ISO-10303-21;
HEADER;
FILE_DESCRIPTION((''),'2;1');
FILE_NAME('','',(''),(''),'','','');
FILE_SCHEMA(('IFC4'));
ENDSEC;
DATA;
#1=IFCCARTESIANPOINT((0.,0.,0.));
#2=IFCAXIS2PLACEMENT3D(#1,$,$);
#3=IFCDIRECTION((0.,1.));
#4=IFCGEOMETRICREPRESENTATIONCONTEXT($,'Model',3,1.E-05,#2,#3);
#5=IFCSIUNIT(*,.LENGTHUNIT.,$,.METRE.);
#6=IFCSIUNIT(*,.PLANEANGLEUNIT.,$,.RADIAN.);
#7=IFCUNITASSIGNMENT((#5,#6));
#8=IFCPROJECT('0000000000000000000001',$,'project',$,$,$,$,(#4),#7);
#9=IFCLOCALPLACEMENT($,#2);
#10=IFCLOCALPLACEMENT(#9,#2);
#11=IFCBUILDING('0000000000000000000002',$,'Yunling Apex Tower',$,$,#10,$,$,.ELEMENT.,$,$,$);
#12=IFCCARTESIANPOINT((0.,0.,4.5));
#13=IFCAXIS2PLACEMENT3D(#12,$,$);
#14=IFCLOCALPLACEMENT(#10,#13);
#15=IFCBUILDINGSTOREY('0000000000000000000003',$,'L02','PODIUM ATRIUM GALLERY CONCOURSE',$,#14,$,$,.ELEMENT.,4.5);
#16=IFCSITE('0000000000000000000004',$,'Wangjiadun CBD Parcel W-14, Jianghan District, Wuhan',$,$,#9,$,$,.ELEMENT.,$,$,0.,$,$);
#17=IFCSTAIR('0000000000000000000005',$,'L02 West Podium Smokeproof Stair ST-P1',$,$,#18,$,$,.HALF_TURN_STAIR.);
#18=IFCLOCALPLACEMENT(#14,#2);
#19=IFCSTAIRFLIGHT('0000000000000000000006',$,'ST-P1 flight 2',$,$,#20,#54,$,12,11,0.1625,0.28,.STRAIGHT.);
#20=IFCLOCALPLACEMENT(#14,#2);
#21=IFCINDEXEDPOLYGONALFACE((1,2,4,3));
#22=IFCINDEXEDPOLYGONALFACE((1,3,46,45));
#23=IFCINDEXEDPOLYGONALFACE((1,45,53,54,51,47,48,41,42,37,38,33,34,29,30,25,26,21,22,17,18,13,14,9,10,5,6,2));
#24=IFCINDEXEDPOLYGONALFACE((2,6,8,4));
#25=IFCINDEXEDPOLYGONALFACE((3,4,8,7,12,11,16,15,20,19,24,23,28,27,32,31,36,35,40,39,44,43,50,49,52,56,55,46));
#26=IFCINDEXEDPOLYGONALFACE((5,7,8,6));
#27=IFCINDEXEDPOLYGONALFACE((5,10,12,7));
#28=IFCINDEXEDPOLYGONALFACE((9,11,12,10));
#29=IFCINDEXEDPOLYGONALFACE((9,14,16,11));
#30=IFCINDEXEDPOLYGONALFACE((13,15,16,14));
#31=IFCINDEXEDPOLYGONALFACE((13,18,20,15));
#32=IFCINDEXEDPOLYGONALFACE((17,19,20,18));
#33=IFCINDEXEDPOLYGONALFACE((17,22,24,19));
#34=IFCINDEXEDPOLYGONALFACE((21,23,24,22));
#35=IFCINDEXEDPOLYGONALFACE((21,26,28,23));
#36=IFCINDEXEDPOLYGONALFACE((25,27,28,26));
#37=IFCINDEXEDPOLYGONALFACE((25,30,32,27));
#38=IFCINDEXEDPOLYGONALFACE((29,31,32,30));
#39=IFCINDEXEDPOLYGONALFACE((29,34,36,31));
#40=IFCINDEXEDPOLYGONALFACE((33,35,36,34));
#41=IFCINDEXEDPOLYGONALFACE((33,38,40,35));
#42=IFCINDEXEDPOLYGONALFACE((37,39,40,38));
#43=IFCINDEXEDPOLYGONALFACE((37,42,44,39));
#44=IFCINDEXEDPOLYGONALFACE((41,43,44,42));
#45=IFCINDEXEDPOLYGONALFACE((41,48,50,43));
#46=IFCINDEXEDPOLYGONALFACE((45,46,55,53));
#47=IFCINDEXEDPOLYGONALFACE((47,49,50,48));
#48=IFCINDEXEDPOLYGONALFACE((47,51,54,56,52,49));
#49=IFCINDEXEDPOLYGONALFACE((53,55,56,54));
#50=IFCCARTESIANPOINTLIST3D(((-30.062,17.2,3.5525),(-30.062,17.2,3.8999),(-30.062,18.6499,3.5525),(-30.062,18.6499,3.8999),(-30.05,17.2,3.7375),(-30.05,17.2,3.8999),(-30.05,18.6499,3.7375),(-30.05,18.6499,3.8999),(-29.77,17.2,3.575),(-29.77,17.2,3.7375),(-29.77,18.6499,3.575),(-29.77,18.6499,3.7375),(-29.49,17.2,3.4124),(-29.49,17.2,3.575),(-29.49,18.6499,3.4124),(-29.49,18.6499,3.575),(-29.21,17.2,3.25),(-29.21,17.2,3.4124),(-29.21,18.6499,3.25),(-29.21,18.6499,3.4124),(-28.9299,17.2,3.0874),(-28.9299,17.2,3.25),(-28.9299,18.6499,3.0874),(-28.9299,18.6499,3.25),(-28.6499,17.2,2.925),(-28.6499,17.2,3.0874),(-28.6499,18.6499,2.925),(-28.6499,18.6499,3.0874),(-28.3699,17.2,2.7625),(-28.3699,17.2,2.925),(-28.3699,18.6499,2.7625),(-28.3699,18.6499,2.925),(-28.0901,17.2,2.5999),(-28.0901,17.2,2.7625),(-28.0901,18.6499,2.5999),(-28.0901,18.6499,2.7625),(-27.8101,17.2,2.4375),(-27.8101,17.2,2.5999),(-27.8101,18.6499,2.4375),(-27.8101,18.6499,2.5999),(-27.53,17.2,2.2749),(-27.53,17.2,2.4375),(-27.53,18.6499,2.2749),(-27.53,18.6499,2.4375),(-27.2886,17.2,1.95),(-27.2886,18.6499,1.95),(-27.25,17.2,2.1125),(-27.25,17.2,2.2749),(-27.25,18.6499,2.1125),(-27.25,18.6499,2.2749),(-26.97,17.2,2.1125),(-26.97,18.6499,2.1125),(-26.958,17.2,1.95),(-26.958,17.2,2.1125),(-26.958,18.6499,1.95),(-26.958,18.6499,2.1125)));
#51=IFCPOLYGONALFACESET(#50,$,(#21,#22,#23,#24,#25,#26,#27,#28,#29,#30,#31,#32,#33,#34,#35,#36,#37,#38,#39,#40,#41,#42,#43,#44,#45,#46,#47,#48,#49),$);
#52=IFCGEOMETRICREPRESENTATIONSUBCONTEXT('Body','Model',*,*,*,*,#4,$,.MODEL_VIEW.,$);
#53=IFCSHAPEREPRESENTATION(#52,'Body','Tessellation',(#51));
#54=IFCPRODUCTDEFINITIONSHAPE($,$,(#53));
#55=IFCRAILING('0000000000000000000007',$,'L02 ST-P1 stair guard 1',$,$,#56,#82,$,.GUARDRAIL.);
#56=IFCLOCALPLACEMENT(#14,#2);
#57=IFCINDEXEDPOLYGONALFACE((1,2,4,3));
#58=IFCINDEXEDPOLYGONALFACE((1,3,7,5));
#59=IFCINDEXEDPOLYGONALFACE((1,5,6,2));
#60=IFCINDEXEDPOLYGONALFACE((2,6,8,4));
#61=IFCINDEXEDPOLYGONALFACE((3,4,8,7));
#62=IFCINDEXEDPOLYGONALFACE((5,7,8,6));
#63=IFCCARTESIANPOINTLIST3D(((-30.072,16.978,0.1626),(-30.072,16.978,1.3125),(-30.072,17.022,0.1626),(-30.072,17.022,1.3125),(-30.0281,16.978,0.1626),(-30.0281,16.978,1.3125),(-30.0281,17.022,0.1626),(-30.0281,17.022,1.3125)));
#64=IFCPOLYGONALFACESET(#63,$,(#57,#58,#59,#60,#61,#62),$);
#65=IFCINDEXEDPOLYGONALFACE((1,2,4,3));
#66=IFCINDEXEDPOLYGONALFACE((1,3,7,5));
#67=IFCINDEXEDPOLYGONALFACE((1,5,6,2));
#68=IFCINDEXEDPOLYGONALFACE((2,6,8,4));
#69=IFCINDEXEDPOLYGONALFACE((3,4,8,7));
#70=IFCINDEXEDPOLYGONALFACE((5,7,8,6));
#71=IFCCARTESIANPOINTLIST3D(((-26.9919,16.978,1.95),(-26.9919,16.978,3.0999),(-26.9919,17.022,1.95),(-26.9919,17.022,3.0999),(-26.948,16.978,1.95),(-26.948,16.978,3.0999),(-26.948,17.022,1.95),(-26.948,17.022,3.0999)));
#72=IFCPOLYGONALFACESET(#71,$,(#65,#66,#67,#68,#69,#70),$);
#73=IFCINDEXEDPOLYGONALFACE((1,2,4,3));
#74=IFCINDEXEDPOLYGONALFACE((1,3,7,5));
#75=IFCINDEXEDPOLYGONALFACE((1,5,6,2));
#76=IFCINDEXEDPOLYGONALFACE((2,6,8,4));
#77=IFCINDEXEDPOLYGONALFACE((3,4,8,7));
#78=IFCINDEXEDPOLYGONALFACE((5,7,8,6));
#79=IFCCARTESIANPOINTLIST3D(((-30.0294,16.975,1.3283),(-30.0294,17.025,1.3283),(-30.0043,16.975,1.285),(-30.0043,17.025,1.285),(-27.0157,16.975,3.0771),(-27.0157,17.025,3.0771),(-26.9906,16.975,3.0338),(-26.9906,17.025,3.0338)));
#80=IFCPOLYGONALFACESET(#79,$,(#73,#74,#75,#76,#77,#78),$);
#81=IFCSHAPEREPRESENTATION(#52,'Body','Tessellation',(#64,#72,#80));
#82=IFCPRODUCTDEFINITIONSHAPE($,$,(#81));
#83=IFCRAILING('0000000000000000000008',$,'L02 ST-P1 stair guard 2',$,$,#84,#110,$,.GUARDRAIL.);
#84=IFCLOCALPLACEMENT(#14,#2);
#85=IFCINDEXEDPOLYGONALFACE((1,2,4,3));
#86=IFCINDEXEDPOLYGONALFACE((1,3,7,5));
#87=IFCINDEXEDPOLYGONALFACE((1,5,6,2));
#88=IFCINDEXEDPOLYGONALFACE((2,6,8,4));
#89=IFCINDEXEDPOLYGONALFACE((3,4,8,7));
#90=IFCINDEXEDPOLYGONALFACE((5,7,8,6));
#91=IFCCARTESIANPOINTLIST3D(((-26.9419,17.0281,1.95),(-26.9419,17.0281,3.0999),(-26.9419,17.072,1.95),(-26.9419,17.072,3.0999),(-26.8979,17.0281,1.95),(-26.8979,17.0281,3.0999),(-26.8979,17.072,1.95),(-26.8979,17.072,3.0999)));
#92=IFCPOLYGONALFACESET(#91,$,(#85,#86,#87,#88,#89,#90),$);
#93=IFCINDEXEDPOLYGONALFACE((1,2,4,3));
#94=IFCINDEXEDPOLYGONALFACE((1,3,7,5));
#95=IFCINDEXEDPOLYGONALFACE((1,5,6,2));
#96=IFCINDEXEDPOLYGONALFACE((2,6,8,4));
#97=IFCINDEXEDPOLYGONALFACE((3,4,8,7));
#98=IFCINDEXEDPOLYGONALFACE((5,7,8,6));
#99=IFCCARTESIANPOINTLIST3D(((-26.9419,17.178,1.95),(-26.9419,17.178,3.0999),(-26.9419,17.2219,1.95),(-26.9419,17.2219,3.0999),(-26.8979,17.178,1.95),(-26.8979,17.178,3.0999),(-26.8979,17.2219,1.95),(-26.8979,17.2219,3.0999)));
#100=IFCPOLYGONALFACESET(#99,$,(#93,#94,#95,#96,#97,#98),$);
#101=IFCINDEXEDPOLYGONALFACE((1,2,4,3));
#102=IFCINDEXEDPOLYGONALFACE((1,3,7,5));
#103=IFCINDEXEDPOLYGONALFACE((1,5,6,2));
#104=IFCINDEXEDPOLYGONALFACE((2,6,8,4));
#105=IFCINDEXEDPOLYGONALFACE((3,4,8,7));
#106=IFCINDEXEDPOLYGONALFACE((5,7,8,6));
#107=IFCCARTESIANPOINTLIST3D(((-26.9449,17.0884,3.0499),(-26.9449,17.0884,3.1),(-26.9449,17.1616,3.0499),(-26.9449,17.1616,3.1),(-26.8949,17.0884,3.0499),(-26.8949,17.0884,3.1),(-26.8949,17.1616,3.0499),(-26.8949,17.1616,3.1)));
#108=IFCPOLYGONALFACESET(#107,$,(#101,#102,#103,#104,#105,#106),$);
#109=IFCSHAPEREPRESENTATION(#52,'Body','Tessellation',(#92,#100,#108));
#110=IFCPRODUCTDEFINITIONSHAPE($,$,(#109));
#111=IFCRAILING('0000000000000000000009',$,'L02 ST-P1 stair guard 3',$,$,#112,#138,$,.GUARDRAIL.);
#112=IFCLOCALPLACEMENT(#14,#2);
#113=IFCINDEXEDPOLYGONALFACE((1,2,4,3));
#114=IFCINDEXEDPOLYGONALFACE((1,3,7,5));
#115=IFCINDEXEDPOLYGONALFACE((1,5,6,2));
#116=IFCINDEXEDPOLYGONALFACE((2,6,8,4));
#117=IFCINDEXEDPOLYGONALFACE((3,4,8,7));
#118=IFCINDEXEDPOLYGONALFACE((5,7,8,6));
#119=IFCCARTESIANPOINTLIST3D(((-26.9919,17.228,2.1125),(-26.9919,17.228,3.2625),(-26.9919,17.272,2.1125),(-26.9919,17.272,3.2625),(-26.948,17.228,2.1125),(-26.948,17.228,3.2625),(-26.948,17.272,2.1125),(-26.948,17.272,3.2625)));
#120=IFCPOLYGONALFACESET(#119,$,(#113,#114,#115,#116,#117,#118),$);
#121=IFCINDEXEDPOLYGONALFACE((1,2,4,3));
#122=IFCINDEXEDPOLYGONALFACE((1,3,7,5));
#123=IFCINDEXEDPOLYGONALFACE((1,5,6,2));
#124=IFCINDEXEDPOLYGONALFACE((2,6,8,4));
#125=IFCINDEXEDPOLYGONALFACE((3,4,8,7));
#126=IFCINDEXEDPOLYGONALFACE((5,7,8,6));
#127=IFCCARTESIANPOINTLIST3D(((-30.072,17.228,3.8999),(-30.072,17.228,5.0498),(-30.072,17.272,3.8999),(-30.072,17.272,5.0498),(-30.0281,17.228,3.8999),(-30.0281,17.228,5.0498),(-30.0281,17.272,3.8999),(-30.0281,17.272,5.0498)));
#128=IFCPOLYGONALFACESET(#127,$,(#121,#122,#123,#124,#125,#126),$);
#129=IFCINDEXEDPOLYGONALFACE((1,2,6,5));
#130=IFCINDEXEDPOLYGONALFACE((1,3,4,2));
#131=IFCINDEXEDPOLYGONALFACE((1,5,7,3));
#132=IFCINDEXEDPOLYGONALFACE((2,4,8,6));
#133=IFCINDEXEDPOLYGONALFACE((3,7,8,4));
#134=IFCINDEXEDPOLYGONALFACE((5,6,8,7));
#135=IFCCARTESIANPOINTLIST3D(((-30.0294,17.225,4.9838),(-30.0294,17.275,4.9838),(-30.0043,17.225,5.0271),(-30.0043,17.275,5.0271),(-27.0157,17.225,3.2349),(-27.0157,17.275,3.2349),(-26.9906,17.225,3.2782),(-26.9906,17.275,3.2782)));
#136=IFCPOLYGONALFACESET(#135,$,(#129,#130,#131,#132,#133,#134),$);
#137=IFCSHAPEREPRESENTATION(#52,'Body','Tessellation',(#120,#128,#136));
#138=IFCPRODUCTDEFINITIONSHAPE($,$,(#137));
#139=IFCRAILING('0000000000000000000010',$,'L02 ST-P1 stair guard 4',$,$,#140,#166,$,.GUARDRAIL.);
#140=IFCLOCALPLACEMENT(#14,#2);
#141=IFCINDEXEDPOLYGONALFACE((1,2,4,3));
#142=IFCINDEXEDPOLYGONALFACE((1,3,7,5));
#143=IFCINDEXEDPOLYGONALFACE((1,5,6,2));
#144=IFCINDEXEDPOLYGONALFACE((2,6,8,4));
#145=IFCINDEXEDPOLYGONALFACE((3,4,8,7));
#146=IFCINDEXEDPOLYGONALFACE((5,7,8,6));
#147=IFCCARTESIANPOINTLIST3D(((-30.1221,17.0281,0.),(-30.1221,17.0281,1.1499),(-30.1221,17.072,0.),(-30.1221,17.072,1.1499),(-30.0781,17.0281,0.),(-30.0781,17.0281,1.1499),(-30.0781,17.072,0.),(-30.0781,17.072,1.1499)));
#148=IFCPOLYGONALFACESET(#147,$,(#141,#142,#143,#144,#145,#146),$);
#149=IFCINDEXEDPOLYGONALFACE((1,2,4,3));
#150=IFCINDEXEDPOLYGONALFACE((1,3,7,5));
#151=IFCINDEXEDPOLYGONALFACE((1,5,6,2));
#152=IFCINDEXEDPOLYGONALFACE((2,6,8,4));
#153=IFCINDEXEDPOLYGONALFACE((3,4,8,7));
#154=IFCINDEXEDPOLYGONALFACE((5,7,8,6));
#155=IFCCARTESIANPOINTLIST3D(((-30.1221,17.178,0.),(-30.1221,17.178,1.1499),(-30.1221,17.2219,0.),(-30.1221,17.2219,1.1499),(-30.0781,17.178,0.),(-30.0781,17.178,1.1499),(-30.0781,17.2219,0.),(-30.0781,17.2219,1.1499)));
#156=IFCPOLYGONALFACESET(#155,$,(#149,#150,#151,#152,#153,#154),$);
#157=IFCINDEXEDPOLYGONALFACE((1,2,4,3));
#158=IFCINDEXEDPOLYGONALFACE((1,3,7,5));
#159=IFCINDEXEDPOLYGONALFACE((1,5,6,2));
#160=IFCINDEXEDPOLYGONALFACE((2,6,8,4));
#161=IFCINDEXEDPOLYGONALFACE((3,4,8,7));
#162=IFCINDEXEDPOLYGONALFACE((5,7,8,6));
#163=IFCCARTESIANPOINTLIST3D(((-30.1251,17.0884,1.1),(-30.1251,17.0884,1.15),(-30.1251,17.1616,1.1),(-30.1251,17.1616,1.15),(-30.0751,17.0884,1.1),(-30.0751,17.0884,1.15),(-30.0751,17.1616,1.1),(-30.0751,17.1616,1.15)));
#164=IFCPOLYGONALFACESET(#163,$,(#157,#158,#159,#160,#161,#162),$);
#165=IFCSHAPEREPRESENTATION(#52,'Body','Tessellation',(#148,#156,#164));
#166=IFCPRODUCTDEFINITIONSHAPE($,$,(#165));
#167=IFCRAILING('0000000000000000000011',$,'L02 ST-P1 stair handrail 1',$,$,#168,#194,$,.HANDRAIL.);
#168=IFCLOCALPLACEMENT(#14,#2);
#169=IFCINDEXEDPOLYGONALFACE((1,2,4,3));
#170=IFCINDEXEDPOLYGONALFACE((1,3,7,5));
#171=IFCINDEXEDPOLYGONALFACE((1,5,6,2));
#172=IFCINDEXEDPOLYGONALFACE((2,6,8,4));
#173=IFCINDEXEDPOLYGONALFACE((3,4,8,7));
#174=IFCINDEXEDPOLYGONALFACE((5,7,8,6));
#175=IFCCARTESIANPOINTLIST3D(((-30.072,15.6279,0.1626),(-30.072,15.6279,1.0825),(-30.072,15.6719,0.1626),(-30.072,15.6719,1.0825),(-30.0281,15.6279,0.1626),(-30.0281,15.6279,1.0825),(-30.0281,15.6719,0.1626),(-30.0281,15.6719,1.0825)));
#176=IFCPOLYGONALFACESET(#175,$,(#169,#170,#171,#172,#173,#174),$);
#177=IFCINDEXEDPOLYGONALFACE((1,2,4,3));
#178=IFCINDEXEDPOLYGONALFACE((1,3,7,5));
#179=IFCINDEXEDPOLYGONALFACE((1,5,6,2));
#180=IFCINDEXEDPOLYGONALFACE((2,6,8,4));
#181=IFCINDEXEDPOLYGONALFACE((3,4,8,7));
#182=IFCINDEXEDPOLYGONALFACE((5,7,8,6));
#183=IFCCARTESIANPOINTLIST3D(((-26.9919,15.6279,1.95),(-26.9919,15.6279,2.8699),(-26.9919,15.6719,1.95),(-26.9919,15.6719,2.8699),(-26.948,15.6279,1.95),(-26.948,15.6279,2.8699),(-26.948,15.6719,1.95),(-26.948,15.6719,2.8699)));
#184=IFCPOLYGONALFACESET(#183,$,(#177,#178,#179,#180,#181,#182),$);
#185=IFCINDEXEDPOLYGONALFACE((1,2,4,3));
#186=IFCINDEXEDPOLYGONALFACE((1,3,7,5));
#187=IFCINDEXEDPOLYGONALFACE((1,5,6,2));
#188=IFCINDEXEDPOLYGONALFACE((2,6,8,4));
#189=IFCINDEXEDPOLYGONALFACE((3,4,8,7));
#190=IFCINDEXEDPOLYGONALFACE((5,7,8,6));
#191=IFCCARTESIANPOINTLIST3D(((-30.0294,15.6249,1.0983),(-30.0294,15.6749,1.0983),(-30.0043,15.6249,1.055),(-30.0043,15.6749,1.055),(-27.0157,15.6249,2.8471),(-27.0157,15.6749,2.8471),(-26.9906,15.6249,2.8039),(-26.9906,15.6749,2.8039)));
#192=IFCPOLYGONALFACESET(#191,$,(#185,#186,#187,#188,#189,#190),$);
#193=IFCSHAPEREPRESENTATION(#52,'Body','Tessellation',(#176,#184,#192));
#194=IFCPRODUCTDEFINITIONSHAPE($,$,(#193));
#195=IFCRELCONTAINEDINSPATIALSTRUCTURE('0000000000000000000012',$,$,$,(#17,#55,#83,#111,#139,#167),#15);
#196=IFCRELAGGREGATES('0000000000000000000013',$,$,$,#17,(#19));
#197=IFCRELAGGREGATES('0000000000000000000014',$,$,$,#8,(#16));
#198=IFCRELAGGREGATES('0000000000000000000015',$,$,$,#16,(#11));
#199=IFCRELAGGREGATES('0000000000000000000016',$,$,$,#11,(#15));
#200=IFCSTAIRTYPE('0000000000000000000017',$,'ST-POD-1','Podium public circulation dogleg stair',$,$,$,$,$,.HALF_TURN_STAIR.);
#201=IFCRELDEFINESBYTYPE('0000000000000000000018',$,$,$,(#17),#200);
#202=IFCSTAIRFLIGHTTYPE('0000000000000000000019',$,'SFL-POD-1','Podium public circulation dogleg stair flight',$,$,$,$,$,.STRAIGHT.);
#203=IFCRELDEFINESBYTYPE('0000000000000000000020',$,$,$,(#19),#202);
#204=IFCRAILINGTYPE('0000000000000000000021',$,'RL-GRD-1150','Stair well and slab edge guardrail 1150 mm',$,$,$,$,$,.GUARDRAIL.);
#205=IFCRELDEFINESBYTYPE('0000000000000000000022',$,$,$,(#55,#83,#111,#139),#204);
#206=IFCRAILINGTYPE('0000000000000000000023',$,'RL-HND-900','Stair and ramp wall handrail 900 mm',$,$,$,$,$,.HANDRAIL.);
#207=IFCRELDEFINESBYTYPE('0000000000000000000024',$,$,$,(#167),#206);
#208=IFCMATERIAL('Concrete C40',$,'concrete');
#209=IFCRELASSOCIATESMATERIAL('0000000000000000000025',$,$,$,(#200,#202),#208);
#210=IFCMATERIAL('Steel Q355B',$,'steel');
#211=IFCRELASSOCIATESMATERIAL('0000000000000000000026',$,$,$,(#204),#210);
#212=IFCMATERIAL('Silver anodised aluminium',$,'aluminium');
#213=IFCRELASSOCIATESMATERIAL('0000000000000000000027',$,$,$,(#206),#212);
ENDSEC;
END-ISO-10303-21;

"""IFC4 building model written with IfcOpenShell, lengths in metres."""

from ifc_helpers import new_model, si_unit, direction, frame, origin, origin_2d, place, context, subcontext, project, spatial, polyline, rectangle, outline, extrude, material, type_object, element, aggregate, save


model = new_model("IFC4")

# Units and contexts
model_context = context("Model", 3, precision=1e-05, world=origin(), true_north=direction((0.0, 1.0)))
body_context = subcontext(model_context, "Body", "Model", "MODEL_VIEW")
ifc_project = project(units=[si_unit("LENGTHUNIT", "METRE"), si_unit("PLANEANGLEUNIT", "RADIAN")], contexts=[model_context])

# Site, building, storey
site_placement = place(None, origin())
site = spatial("IfcSite", under=ifc_project, at=site_placement, Name="Wangjiadun CBD Parcel W-14, Jianghan District, Wuhan", CompositionType="ELEMENT", RefElevation=0.0)
building_placement = place(site_placement, origin())
building = spatial("IfcBuilding", under=site, at=building_placement, Name="Yunling Apex Tower", CompositionType="ELEMENT")
storey_placement = place(building_placement, frame((0.0, 0.0, 4.5)))
storey = spatial("IfcBuildingStorey", under=building, at=storey_placement, Name="L02", Description="PODIUM ATRIUM GALLERY CONCOURSE", CompositionType="ELEMENT", Elevation=4.5)

# Shared definitions
ifc_material_1 = material(Name="Steel Q355B", Category="steel")

# Shared definitions
ifc_material_2 = material(Name="Concrete C40", Category="concrete")

# Stair, stair flight
stair_type = type_object("IfcStairType", Name="ST-POD-1", Description="Podium public circulation dogleg stair", PredefinedType="HALF_TURN_STAIR", material=ifc_material_2)
stair_placement = place(storey_placement, origin())
stair = element("IfcStair", 1, at=stair_placement, inside=storey, type_object=stair_type, Name="L02 West Podium Smokeproof Stair ST-P1", PredefinedType="HALF_TURN_STAIR")
stair_flight_type = type_object("IfcStairFlightType", Name="SFL-POD-1", Description="Podium public circulation dogleg stair flight", PredefinedType="STRAIGHT", material=ifc_material_2)
stair_flight_1_placement = place(storey_placement, frame((-26.97, 17.925, 1.95), z_axis=(0.0, 0.0, 1.0), x_axis=(-1.0, 0.0, 0.0)))
stair_flight_1 = element("IfcStairFlight", 2, at=stair_flight_1_placement, type_object=stair_flight_type, Name="ST-P1 flight 2", NumberOfRisers=12, NumberOfTreads=11, PredefinedType="STRAIGHT", RiserHeight=0.1625, TreadLength=0.28, context=body_context, shape_type="SweptSolid", body=[
    extrude(outline(polyline([(-0.012, 0.0), (-0.012, 0.1626), (0.0, 0.1626), (0.28, 0.1626), (0.28, 0.325), (0.5601, 0.325), (0.5601, 0.4875), (0.8401, 0.4875), (0.8401, 0.6499), (1.1201, 0.6499), (1.1201, 0.8125), (1.3999, 0.8125), (1.3999, 0.9751), (1.6799, 0.9751), (1.6799, 1.1375), (1.96, 1.1375), (1.96, 1.3), (2.24, 1.3), (2.24, 1.4624), (2.52, 1.4624), (2.52, 1.625), (2.8, 1.625), (2.8, 1.7876), (3.0801, 1.7876), (3.0801, 1.95), (3.092, 1.95), (3.092, 1.6025), (0.3186, 0.0), (-0.012, 0.0)])), frame((0.0, 0.7251, 0.0), z_axis=(0.0, -1.0, 0.0), x_axis=(1.0, 0.0, 0.0)), (0.0, 0.0, 1.0), 1.45),
])
aggregate(stair, [stair_flight_1])

# Railings
railing_type_1 = type_object("IfcRailingType", Name="RL-GRD-1150", Description="Stair well and slab edge guardrail 1150 mm", PredefinedType="GUARDRAIL", material=ifc_material_1)
railing_1_placement = place(storey_placement, frame((-30.05, 17.0, 0.1626)))
element("IfcRailing", 3, at=railing_1_placement, inside=storey, type_object=railing_type_1, Name="L02 ST-P1 stair guard 1", PredefinedType="GUARDRAIL", context=body_context, shape_type="SweptSolid", body=[
    extrude(rectangle(XDim=0.0439, YDim=0.0439, at=origin_2d()), origin(), (0.0, 0.0, 1.0), 1.1499),
    extrude(rectangle(XDim=0.0439, YDim=0.0439, at=origin_2d()), frame((3.0801, 0.0, 1.7874)), (0.0, 0.0, 1.0), 1.1499),
    extrude(rectangle(XDim=0.05, YDim=0.05, at=origin_2d()), frame((0.0332, 0.0, 1.144), z_axis=(0.86492, 0.0, 0.501909), x_axis=(0.0, 1.0, 0.0)), (0.0, 0.0, 1.0), 3.4844),
])
railing_2_placement = place(storey_placement, frame((-26.9199, 17.05, 1.95)))
element("IfcRailing", 4, at=railing_2_placement, inside=storey, type_object=railing_type_1, Name="L02 ST-P1 stair guard 2", PredefinedType="GUARDRAIL", context=body_context, shape_type="SweptSolid", body=[
    extrude(rectangle(XDim=0.0439, YDim=0.0439, at=origin_2d()), origin(), (0.0, 0.0, 1.0), 1.1499),
    extrude(rectangle(XDim=0.0439, YDim=0.0439, at=origin_2d()), frame((0.0, 0.1499, 0.0)), (0.0, 0.0, 1.0), 1.1499),
    extrude(rectangle(XDim=0.05, YDim=0.05, at=origin_2d()), frame((0.0, 0.0383, 1.125), z_axis=(0.0, 1.0, 0.0), x_axis=(-1.0, 0.0, 0.0)), (0.0, 0.0, 1.0), 0.0732),
])
railing_3_placement = place(storey_placement, frame((-26.97, 17.25, 2.1125)))
element("IfcRailing", 5, at=railing_3_placement, inside=storey, type_object=railing_type_1, Name="L02 ST-P1 stair guard 3", PredefinedType="GUARDRAIL", context=body_context, shape_type="SweptSolid", body=[
    extrude(rectangle(XDim=0.0439, YDim=0.0439, at=origin_2d()), origin(), (0.0, 0.0, 1.0), 1.1499),
    extrude(rectangle(XDim=0.0439, YDim=0.0439, at=origin_2d()), frame((-3.0801, 0.0, 1.7874)), (0.0, 0.0, 1.0), 1.1499),
    extrude(rectangle(XDim=0.05, YDim=0.05, at=origin_2d()), frame((-0.0332, 0.0, 1.144), z_axis=(-0.86492, 0.0, 0.501909), x_axis=(0.0, -1.0, 0.0)), (0.0, 0.0, 1.0), 3.4844),
])
railing_4_placement = place(storey_placement, frame((-30.1001, 17.05, 0.0)))
element("IfcRailing", 6, at=railing_4_placement, inside=storey, type_object=railing_type_1, Name="L02 ST-P1 stair guard 4", PredefinedType="GUARDRAIL", context=body_context, shape_type="SweptSolid", body=[
    extrude(rectangle(XDim=0.0439, YDim=0.0439, at=origin_2d()), origin(), (0.0, 0.0, 1.0), 1.1499),
    extrude(rectangle(XDim=0.0439, YDim=0.0439, at=origin_2d()), frame((0.0, 0.1499, 0.0)), (0.0, 0.0, 1.0), 1.1499),
    extrude(rectangle(XDim=0.05, YDim=0.05, at=origin_2d()), frame((0.0, 0.0383, 1.125), z_axis=(0.0, 1.0, 0.0), x_axis=(-1.0, 0.0, 0.0)), (0.0, 0.0, 1.0), 0.0732),
])
ifc_material_3 = material(Name="Silver anodised aluminium", Category="aluminium")
railing_type_2 = type_object("IfcRailingType", Name="RL-HND-900", Description="Stair and ramp wall handrail 900 mm", PredefinedType="HANDRAIL", material=ifc_material_3)
railing_5_placement = place(storey_placement, frame((-30.05, 15.6499, 0.1626)))
element("IfcRailing", 7, at=railing_5_placement, inside=storey, type_object=railing_type_2, Name="L02 ST-P1 stair handrail 1", PredefinedType="HANDRAIL", context=body_context, shape_type="SweptSolid", body=[
    extrude(rectangle(XDim=0.0439, YDim=0.0439, at=origin_2d()), origin(), (0.0, 0.0, 1.0), 0.9199),
    extrude(rectangle(XDim=0.0439, YDim=0.0439, at=origin_2d()), frame((3.0801, 0.0, 1.7874)), (0.0, 0.0, 1.0), 0.9199),
    extrude(rectangle(XDim=0.05, YDim=0.05, at=origin_2d()), frame((0.0332, 0.0, 0.9141), z_axis=(0.86492, 0.0, 0.501909), x_axis=(0.0, 1.0, 0.0)), (0.0, 0.0, 1.0), 3.4844),
])

save(model, "model.ifc")
